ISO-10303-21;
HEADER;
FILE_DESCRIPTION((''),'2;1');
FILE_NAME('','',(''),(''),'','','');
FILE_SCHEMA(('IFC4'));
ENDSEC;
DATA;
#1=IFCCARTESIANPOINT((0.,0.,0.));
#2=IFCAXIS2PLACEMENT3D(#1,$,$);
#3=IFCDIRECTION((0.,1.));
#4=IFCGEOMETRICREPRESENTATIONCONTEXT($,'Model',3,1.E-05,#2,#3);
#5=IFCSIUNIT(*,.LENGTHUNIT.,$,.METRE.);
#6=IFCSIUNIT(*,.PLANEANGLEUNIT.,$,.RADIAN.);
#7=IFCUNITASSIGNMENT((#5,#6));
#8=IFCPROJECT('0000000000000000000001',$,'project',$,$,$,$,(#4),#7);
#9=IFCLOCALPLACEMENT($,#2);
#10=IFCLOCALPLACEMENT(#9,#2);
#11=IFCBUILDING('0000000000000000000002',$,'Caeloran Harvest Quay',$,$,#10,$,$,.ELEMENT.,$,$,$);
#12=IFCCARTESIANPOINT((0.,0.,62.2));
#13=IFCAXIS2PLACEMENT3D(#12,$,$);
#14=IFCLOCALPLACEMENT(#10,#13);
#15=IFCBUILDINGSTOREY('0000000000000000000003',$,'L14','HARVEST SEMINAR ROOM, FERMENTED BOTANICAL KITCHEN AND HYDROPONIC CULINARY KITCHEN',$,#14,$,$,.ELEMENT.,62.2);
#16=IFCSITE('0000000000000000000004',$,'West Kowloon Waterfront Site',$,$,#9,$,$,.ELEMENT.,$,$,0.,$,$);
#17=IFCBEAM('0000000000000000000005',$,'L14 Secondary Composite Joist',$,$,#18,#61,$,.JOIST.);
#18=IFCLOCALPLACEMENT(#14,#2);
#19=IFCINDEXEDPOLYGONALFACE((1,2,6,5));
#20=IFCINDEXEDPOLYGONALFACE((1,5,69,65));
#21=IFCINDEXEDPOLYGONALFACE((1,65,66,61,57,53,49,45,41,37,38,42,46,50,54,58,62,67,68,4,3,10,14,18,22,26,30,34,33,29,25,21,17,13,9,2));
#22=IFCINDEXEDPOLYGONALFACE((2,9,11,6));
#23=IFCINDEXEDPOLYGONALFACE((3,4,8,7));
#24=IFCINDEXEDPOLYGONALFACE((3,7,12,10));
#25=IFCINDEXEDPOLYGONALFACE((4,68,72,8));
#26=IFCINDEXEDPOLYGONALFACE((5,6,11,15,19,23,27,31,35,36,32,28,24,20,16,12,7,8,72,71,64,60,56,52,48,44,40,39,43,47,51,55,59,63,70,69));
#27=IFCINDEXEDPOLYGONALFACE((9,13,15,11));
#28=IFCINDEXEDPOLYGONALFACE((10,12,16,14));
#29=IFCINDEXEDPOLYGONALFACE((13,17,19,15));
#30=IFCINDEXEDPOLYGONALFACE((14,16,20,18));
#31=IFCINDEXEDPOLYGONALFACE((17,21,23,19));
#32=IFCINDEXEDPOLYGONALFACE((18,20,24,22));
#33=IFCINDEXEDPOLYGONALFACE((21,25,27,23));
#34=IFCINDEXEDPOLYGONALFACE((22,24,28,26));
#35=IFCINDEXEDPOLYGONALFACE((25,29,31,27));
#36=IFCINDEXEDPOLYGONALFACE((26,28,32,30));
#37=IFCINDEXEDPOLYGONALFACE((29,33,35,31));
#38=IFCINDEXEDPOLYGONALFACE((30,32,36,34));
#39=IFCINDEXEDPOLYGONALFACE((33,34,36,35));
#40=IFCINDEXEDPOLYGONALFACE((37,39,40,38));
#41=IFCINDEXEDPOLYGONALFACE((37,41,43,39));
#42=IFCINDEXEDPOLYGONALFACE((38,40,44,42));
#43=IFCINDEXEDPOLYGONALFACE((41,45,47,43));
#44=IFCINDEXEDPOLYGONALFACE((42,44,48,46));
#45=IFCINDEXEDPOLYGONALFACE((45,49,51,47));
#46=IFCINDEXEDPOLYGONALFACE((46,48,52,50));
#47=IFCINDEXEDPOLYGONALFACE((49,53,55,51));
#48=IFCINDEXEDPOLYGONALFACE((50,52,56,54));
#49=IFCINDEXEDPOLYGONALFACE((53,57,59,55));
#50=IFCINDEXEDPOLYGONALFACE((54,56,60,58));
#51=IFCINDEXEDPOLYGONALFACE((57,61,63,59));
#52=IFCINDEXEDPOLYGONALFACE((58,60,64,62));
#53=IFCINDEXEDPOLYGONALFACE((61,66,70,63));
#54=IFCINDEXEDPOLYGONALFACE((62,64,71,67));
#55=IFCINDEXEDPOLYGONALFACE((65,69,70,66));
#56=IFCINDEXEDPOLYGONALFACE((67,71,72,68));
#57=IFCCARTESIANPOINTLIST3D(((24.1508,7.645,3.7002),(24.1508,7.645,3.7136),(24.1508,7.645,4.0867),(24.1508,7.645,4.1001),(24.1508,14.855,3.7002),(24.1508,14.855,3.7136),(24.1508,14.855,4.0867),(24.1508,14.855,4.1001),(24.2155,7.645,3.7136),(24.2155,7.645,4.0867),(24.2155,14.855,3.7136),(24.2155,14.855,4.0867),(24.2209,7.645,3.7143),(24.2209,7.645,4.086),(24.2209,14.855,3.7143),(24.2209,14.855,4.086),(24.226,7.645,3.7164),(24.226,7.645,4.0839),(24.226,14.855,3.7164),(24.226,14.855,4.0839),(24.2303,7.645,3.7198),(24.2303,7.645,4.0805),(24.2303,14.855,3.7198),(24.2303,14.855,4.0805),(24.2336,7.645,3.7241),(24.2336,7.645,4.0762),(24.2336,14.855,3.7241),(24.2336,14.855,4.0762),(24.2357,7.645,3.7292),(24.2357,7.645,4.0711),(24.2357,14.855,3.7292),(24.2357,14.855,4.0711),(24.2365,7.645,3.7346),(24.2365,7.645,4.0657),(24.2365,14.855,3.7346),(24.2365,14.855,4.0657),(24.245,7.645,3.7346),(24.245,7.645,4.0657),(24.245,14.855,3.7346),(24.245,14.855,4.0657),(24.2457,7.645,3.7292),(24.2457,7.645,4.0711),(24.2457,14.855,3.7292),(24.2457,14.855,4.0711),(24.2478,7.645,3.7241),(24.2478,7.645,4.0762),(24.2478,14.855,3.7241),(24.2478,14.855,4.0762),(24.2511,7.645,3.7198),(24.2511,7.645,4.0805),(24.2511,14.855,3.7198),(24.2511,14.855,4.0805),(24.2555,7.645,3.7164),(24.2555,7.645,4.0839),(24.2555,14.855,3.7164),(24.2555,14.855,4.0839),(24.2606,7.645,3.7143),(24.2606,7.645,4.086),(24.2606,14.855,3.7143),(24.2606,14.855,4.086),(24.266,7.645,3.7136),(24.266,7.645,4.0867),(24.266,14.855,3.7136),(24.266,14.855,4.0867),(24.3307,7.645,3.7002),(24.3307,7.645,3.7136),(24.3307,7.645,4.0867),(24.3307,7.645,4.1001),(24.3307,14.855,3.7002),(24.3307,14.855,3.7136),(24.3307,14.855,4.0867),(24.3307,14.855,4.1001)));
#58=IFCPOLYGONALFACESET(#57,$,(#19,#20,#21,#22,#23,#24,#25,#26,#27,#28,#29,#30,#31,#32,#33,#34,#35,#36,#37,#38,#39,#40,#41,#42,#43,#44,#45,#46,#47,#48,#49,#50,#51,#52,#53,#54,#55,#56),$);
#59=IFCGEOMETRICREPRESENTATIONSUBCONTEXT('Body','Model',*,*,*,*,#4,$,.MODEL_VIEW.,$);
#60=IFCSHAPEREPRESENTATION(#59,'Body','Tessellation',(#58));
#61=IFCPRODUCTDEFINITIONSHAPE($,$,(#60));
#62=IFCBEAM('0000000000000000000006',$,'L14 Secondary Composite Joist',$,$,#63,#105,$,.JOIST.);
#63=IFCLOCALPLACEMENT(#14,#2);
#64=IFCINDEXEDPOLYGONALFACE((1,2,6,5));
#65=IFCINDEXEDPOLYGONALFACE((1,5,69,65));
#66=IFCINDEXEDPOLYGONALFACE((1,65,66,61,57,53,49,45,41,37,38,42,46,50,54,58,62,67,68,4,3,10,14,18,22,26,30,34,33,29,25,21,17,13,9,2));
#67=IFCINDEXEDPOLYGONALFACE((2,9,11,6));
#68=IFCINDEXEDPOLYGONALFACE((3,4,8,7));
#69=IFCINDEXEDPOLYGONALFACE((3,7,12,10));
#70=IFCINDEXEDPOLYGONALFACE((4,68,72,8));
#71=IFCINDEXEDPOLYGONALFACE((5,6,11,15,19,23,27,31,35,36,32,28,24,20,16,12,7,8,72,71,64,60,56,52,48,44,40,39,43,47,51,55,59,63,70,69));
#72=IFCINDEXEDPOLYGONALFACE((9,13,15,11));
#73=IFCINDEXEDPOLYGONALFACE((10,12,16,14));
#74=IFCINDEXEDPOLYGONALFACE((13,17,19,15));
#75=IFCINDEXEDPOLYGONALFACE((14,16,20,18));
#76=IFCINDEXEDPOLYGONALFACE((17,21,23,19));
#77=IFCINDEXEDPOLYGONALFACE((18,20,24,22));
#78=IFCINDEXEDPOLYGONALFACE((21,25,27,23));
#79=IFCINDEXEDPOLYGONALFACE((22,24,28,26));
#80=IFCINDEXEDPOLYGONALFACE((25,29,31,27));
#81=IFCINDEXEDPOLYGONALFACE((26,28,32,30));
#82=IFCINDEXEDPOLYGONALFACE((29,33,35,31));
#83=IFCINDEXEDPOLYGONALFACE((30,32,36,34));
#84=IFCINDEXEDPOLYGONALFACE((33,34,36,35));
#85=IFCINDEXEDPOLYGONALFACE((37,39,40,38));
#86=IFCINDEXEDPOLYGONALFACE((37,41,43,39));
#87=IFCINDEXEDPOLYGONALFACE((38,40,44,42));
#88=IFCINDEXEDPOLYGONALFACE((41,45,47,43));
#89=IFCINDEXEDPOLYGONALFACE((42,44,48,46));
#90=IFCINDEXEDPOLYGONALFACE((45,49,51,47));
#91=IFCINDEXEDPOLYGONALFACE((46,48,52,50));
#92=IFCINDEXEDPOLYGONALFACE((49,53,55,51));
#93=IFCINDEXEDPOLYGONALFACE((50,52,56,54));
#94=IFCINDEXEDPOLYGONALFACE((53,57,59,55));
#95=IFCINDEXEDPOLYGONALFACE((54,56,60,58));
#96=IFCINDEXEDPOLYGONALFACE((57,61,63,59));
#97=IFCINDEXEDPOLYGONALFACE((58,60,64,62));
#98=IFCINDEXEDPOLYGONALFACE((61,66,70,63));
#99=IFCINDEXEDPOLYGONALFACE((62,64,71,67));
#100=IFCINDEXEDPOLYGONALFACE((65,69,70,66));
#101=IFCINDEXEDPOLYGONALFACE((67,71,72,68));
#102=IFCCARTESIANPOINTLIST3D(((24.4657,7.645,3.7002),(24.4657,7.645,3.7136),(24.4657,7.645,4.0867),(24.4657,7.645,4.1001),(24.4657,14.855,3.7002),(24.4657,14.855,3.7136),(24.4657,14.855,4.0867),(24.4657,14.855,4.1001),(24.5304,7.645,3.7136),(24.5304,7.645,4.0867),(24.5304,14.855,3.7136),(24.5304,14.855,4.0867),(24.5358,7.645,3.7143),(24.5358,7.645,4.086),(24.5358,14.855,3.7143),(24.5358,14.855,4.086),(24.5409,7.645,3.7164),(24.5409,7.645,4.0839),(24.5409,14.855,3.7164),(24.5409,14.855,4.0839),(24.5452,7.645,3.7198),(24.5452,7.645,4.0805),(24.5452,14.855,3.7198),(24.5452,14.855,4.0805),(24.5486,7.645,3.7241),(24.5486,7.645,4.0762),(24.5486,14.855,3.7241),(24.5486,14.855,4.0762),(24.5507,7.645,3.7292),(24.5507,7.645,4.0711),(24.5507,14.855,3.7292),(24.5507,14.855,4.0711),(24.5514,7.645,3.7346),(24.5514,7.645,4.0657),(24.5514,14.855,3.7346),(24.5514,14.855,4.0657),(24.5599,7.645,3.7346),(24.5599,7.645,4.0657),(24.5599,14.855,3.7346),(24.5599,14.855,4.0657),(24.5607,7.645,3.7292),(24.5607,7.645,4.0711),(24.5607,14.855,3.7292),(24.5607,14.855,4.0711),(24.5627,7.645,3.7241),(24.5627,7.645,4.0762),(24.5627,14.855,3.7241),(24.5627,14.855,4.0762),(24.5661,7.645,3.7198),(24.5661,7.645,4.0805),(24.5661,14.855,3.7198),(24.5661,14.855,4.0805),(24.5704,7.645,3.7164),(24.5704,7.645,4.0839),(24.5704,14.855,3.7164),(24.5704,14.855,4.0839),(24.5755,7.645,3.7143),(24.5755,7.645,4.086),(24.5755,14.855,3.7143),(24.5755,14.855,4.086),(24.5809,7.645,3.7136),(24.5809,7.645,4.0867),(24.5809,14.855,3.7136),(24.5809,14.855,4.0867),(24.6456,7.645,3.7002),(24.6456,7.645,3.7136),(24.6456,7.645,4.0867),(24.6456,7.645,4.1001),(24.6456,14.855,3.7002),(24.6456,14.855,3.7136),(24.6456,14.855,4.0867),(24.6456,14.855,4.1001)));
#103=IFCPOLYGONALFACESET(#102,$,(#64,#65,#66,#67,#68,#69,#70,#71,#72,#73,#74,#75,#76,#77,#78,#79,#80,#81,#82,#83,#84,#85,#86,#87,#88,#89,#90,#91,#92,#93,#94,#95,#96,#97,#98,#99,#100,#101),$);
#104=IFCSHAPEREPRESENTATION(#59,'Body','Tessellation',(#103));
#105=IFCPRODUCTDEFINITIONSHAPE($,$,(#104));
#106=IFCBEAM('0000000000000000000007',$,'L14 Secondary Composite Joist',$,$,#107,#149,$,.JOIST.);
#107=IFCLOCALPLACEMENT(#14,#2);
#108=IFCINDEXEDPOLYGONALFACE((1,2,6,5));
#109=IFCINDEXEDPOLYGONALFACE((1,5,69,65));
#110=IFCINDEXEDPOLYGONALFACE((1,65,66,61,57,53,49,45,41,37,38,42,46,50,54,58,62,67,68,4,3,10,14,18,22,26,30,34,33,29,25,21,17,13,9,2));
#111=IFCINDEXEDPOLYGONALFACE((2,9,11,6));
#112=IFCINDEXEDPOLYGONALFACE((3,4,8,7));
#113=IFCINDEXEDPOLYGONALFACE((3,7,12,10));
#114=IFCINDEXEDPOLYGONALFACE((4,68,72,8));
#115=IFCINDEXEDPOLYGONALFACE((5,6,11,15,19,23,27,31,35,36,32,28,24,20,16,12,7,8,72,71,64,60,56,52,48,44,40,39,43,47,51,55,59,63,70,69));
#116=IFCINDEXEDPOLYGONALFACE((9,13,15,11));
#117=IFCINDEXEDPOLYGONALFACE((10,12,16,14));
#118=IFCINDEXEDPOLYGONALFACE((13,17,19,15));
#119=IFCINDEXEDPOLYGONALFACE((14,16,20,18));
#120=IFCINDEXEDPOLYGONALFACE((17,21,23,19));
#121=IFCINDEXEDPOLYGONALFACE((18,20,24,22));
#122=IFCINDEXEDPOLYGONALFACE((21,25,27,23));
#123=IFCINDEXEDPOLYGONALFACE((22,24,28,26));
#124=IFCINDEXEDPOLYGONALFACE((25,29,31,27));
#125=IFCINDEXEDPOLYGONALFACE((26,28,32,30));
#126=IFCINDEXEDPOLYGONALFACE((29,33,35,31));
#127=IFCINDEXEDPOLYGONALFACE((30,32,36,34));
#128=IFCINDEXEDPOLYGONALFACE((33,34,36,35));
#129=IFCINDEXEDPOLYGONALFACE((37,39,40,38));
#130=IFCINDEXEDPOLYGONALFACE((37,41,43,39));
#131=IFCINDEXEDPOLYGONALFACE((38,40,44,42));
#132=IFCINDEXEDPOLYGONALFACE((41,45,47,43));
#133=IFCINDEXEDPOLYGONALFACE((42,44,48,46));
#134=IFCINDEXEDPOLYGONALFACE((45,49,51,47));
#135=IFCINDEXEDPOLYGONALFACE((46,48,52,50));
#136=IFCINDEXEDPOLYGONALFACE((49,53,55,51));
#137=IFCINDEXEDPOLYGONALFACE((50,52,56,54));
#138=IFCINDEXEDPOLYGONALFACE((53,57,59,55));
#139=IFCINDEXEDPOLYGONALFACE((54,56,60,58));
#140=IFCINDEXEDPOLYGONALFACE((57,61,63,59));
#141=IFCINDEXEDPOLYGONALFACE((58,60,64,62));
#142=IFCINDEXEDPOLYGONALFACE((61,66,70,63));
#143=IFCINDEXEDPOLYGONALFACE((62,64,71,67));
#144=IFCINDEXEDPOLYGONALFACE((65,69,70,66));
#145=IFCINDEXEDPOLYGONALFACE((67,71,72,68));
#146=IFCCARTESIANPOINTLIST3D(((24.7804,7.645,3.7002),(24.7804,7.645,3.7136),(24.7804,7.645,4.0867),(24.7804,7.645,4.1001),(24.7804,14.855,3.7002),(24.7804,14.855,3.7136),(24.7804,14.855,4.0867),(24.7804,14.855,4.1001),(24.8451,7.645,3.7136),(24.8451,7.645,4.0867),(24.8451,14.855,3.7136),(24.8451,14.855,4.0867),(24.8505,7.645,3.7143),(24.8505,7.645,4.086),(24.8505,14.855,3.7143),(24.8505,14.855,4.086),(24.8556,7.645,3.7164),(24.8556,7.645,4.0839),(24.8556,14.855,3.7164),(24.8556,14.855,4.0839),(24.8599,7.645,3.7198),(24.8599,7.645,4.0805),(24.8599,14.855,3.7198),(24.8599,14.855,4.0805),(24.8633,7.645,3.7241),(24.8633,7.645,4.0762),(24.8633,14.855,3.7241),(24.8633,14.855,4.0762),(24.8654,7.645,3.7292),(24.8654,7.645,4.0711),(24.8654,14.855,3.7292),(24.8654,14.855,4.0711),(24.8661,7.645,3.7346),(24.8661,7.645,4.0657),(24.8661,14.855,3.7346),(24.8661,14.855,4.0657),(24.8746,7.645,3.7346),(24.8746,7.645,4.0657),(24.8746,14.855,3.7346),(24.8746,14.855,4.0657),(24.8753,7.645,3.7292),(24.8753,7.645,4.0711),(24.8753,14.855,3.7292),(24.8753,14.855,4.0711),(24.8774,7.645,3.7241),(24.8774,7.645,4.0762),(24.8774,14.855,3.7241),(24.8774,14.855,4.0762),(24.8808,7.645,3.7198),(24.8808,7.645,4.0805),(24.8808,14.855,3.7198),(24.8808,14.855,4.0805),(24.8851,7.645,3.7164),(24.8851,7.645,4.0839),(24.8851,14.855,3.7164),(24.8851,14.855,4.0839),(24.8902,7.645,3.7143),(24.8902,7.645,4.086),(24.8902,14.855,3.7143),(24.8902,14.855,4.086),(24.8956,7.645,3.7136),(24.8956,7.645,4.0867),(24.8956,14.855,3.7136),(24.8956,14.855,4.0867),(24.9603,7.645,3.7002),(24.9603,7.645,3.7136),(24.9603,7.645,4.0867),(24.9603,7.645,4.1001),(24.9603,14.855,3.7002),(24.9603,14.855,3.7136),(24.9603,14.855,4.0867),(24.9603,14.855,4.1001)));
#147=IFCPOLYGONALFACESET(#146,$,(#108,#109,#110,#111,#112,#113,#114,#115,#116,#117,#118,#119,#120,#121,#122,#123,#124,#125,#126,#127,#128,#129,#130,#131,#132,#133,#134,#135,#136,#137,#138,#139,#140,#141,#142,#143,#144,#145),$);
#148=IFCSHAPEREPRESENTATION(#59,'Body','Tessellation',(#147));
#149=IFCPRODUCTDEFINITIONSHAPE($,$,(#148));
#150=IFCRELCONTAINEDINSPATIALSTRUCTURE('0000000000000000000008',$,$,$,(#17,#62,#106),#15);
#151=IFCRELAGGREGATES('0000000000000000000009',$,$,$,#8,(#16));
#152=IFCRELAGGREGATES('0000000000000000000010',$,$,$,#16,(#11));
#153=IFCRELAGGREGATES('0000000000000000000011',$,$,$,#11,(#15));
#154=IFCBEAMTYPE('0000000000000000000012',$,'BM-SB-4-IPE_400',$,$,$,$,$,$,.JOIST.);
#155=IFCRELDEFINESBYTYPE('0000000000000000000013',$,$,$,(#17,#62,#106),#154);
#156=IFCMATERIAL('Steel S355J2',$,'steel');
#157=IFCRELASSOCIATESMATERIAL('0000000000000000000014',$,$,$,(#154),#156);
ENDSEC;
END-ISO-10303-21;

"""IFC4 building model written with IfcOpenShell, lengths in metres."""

from ifc_helpers import new_model, si_unit, direction, frame, origin, origin_2d, place, context, subcontext, project, spatial, i_section, extrude, material, material_profile, profile_set, type_object, element, save


model = new_model("IFC4")

# Units and contexts
model_context = context("Model", 3, precision=1e-05, world=origin(), true_north=direction((0.0, 1.0)))
body_context = subcontext(model_context, "Body", "Model", "MODEL_VIEW")
ifc_project = project(units=[si_unit("LENGTHUNIT", "METRE"), si_unit("PLANEANGLEUNIT", "RADIAN")], contexts=[model_context])

# Site, building, storey
site_placement = place(None, origin())
site = spatial("IfcSite", under=ifc_project, at=site_placement, Name="West Kowloon Waterfront Site", CompositionType="ELEMENT", RefElevation=0.0)
building_placement = place(site_placement, origin())
building = spatial("IfcBuilding", under=site, at=building_placement, Name="Caeloran Harvest Quay", CompositionType="ELEMENT")
storey_placement = place(building_placement, frame((0.0, 0.0, 62.2)))
storey = spatial("IfcBuildingStorey", under=building, at=storey_placement, Name="L14", Description="HARVEST SEMINAR ROOM, FERMENTED BOTANICAL KITCHEN AND HYDROPONIC CULINARY KITCHEN", CompositionType="ELEMENT", Elevation=62.2)

# Beams
ifc_material_1 = material(Name="Steel S355J2", Category="steel")
ifc_material_profile_1 = material_profile(ifc_material_1, i_section(OverallWidth=0.1799, OverallDepth=0.3999, WebThickness=0.0085, FlangeThickness=0.0134, FilletRadius=0.021, at=origin_2d()), Name="IPE 400")
ifc_profile_set_1 = profile_set([ifc_material_profile_1], Name="Steel S355J2")
beam_type_1 = type_object("IfcBeamType", Name="BM-SB-4-IPE_400", PredefinedType="JOIST", material=ifc_profile_set_1)
for number, where, z_axis, x_axis, name in (
    (1, (24.2407, 7.645, 3.9001), (0.0, 1.0, 0.0), (-1.0, 0.0, 0.0), "L14 Secondary Composite Joist"),
    (2, (24.5557, 7.645, 3.9001), (0.0, 1.0, 0.0), (-1.0, 0.0, 0.0), "L14 Secondary Composite Joist"),
    (3, (24.8704, 7.645, 3.9001), (0.0, 1.0, 0.0), (-1.0, 0.0, 0.0), "L14 Secondary Composite Joist"),
):
    element("IfcBeam", number, at=place(storey_placement, frame(where, z_axis=z_axis, x_axis=x_axis)), inside=storey, type_object=beam_type_1, Name=name, PredefinedType="JOIST", context=body_context, shape_type="SweptSolid", body=[
        extrude(i_section(OverallWidth=0.1799, OverallDepth=0.3999, WebThickness=0.0085, FlangeThickness=0.0134, FilletRadius=0.021, at=origin_2d()), origin(), (0.0, 0.0, 1.0), 7.21),
    ])

save(model, "model.ifc")
